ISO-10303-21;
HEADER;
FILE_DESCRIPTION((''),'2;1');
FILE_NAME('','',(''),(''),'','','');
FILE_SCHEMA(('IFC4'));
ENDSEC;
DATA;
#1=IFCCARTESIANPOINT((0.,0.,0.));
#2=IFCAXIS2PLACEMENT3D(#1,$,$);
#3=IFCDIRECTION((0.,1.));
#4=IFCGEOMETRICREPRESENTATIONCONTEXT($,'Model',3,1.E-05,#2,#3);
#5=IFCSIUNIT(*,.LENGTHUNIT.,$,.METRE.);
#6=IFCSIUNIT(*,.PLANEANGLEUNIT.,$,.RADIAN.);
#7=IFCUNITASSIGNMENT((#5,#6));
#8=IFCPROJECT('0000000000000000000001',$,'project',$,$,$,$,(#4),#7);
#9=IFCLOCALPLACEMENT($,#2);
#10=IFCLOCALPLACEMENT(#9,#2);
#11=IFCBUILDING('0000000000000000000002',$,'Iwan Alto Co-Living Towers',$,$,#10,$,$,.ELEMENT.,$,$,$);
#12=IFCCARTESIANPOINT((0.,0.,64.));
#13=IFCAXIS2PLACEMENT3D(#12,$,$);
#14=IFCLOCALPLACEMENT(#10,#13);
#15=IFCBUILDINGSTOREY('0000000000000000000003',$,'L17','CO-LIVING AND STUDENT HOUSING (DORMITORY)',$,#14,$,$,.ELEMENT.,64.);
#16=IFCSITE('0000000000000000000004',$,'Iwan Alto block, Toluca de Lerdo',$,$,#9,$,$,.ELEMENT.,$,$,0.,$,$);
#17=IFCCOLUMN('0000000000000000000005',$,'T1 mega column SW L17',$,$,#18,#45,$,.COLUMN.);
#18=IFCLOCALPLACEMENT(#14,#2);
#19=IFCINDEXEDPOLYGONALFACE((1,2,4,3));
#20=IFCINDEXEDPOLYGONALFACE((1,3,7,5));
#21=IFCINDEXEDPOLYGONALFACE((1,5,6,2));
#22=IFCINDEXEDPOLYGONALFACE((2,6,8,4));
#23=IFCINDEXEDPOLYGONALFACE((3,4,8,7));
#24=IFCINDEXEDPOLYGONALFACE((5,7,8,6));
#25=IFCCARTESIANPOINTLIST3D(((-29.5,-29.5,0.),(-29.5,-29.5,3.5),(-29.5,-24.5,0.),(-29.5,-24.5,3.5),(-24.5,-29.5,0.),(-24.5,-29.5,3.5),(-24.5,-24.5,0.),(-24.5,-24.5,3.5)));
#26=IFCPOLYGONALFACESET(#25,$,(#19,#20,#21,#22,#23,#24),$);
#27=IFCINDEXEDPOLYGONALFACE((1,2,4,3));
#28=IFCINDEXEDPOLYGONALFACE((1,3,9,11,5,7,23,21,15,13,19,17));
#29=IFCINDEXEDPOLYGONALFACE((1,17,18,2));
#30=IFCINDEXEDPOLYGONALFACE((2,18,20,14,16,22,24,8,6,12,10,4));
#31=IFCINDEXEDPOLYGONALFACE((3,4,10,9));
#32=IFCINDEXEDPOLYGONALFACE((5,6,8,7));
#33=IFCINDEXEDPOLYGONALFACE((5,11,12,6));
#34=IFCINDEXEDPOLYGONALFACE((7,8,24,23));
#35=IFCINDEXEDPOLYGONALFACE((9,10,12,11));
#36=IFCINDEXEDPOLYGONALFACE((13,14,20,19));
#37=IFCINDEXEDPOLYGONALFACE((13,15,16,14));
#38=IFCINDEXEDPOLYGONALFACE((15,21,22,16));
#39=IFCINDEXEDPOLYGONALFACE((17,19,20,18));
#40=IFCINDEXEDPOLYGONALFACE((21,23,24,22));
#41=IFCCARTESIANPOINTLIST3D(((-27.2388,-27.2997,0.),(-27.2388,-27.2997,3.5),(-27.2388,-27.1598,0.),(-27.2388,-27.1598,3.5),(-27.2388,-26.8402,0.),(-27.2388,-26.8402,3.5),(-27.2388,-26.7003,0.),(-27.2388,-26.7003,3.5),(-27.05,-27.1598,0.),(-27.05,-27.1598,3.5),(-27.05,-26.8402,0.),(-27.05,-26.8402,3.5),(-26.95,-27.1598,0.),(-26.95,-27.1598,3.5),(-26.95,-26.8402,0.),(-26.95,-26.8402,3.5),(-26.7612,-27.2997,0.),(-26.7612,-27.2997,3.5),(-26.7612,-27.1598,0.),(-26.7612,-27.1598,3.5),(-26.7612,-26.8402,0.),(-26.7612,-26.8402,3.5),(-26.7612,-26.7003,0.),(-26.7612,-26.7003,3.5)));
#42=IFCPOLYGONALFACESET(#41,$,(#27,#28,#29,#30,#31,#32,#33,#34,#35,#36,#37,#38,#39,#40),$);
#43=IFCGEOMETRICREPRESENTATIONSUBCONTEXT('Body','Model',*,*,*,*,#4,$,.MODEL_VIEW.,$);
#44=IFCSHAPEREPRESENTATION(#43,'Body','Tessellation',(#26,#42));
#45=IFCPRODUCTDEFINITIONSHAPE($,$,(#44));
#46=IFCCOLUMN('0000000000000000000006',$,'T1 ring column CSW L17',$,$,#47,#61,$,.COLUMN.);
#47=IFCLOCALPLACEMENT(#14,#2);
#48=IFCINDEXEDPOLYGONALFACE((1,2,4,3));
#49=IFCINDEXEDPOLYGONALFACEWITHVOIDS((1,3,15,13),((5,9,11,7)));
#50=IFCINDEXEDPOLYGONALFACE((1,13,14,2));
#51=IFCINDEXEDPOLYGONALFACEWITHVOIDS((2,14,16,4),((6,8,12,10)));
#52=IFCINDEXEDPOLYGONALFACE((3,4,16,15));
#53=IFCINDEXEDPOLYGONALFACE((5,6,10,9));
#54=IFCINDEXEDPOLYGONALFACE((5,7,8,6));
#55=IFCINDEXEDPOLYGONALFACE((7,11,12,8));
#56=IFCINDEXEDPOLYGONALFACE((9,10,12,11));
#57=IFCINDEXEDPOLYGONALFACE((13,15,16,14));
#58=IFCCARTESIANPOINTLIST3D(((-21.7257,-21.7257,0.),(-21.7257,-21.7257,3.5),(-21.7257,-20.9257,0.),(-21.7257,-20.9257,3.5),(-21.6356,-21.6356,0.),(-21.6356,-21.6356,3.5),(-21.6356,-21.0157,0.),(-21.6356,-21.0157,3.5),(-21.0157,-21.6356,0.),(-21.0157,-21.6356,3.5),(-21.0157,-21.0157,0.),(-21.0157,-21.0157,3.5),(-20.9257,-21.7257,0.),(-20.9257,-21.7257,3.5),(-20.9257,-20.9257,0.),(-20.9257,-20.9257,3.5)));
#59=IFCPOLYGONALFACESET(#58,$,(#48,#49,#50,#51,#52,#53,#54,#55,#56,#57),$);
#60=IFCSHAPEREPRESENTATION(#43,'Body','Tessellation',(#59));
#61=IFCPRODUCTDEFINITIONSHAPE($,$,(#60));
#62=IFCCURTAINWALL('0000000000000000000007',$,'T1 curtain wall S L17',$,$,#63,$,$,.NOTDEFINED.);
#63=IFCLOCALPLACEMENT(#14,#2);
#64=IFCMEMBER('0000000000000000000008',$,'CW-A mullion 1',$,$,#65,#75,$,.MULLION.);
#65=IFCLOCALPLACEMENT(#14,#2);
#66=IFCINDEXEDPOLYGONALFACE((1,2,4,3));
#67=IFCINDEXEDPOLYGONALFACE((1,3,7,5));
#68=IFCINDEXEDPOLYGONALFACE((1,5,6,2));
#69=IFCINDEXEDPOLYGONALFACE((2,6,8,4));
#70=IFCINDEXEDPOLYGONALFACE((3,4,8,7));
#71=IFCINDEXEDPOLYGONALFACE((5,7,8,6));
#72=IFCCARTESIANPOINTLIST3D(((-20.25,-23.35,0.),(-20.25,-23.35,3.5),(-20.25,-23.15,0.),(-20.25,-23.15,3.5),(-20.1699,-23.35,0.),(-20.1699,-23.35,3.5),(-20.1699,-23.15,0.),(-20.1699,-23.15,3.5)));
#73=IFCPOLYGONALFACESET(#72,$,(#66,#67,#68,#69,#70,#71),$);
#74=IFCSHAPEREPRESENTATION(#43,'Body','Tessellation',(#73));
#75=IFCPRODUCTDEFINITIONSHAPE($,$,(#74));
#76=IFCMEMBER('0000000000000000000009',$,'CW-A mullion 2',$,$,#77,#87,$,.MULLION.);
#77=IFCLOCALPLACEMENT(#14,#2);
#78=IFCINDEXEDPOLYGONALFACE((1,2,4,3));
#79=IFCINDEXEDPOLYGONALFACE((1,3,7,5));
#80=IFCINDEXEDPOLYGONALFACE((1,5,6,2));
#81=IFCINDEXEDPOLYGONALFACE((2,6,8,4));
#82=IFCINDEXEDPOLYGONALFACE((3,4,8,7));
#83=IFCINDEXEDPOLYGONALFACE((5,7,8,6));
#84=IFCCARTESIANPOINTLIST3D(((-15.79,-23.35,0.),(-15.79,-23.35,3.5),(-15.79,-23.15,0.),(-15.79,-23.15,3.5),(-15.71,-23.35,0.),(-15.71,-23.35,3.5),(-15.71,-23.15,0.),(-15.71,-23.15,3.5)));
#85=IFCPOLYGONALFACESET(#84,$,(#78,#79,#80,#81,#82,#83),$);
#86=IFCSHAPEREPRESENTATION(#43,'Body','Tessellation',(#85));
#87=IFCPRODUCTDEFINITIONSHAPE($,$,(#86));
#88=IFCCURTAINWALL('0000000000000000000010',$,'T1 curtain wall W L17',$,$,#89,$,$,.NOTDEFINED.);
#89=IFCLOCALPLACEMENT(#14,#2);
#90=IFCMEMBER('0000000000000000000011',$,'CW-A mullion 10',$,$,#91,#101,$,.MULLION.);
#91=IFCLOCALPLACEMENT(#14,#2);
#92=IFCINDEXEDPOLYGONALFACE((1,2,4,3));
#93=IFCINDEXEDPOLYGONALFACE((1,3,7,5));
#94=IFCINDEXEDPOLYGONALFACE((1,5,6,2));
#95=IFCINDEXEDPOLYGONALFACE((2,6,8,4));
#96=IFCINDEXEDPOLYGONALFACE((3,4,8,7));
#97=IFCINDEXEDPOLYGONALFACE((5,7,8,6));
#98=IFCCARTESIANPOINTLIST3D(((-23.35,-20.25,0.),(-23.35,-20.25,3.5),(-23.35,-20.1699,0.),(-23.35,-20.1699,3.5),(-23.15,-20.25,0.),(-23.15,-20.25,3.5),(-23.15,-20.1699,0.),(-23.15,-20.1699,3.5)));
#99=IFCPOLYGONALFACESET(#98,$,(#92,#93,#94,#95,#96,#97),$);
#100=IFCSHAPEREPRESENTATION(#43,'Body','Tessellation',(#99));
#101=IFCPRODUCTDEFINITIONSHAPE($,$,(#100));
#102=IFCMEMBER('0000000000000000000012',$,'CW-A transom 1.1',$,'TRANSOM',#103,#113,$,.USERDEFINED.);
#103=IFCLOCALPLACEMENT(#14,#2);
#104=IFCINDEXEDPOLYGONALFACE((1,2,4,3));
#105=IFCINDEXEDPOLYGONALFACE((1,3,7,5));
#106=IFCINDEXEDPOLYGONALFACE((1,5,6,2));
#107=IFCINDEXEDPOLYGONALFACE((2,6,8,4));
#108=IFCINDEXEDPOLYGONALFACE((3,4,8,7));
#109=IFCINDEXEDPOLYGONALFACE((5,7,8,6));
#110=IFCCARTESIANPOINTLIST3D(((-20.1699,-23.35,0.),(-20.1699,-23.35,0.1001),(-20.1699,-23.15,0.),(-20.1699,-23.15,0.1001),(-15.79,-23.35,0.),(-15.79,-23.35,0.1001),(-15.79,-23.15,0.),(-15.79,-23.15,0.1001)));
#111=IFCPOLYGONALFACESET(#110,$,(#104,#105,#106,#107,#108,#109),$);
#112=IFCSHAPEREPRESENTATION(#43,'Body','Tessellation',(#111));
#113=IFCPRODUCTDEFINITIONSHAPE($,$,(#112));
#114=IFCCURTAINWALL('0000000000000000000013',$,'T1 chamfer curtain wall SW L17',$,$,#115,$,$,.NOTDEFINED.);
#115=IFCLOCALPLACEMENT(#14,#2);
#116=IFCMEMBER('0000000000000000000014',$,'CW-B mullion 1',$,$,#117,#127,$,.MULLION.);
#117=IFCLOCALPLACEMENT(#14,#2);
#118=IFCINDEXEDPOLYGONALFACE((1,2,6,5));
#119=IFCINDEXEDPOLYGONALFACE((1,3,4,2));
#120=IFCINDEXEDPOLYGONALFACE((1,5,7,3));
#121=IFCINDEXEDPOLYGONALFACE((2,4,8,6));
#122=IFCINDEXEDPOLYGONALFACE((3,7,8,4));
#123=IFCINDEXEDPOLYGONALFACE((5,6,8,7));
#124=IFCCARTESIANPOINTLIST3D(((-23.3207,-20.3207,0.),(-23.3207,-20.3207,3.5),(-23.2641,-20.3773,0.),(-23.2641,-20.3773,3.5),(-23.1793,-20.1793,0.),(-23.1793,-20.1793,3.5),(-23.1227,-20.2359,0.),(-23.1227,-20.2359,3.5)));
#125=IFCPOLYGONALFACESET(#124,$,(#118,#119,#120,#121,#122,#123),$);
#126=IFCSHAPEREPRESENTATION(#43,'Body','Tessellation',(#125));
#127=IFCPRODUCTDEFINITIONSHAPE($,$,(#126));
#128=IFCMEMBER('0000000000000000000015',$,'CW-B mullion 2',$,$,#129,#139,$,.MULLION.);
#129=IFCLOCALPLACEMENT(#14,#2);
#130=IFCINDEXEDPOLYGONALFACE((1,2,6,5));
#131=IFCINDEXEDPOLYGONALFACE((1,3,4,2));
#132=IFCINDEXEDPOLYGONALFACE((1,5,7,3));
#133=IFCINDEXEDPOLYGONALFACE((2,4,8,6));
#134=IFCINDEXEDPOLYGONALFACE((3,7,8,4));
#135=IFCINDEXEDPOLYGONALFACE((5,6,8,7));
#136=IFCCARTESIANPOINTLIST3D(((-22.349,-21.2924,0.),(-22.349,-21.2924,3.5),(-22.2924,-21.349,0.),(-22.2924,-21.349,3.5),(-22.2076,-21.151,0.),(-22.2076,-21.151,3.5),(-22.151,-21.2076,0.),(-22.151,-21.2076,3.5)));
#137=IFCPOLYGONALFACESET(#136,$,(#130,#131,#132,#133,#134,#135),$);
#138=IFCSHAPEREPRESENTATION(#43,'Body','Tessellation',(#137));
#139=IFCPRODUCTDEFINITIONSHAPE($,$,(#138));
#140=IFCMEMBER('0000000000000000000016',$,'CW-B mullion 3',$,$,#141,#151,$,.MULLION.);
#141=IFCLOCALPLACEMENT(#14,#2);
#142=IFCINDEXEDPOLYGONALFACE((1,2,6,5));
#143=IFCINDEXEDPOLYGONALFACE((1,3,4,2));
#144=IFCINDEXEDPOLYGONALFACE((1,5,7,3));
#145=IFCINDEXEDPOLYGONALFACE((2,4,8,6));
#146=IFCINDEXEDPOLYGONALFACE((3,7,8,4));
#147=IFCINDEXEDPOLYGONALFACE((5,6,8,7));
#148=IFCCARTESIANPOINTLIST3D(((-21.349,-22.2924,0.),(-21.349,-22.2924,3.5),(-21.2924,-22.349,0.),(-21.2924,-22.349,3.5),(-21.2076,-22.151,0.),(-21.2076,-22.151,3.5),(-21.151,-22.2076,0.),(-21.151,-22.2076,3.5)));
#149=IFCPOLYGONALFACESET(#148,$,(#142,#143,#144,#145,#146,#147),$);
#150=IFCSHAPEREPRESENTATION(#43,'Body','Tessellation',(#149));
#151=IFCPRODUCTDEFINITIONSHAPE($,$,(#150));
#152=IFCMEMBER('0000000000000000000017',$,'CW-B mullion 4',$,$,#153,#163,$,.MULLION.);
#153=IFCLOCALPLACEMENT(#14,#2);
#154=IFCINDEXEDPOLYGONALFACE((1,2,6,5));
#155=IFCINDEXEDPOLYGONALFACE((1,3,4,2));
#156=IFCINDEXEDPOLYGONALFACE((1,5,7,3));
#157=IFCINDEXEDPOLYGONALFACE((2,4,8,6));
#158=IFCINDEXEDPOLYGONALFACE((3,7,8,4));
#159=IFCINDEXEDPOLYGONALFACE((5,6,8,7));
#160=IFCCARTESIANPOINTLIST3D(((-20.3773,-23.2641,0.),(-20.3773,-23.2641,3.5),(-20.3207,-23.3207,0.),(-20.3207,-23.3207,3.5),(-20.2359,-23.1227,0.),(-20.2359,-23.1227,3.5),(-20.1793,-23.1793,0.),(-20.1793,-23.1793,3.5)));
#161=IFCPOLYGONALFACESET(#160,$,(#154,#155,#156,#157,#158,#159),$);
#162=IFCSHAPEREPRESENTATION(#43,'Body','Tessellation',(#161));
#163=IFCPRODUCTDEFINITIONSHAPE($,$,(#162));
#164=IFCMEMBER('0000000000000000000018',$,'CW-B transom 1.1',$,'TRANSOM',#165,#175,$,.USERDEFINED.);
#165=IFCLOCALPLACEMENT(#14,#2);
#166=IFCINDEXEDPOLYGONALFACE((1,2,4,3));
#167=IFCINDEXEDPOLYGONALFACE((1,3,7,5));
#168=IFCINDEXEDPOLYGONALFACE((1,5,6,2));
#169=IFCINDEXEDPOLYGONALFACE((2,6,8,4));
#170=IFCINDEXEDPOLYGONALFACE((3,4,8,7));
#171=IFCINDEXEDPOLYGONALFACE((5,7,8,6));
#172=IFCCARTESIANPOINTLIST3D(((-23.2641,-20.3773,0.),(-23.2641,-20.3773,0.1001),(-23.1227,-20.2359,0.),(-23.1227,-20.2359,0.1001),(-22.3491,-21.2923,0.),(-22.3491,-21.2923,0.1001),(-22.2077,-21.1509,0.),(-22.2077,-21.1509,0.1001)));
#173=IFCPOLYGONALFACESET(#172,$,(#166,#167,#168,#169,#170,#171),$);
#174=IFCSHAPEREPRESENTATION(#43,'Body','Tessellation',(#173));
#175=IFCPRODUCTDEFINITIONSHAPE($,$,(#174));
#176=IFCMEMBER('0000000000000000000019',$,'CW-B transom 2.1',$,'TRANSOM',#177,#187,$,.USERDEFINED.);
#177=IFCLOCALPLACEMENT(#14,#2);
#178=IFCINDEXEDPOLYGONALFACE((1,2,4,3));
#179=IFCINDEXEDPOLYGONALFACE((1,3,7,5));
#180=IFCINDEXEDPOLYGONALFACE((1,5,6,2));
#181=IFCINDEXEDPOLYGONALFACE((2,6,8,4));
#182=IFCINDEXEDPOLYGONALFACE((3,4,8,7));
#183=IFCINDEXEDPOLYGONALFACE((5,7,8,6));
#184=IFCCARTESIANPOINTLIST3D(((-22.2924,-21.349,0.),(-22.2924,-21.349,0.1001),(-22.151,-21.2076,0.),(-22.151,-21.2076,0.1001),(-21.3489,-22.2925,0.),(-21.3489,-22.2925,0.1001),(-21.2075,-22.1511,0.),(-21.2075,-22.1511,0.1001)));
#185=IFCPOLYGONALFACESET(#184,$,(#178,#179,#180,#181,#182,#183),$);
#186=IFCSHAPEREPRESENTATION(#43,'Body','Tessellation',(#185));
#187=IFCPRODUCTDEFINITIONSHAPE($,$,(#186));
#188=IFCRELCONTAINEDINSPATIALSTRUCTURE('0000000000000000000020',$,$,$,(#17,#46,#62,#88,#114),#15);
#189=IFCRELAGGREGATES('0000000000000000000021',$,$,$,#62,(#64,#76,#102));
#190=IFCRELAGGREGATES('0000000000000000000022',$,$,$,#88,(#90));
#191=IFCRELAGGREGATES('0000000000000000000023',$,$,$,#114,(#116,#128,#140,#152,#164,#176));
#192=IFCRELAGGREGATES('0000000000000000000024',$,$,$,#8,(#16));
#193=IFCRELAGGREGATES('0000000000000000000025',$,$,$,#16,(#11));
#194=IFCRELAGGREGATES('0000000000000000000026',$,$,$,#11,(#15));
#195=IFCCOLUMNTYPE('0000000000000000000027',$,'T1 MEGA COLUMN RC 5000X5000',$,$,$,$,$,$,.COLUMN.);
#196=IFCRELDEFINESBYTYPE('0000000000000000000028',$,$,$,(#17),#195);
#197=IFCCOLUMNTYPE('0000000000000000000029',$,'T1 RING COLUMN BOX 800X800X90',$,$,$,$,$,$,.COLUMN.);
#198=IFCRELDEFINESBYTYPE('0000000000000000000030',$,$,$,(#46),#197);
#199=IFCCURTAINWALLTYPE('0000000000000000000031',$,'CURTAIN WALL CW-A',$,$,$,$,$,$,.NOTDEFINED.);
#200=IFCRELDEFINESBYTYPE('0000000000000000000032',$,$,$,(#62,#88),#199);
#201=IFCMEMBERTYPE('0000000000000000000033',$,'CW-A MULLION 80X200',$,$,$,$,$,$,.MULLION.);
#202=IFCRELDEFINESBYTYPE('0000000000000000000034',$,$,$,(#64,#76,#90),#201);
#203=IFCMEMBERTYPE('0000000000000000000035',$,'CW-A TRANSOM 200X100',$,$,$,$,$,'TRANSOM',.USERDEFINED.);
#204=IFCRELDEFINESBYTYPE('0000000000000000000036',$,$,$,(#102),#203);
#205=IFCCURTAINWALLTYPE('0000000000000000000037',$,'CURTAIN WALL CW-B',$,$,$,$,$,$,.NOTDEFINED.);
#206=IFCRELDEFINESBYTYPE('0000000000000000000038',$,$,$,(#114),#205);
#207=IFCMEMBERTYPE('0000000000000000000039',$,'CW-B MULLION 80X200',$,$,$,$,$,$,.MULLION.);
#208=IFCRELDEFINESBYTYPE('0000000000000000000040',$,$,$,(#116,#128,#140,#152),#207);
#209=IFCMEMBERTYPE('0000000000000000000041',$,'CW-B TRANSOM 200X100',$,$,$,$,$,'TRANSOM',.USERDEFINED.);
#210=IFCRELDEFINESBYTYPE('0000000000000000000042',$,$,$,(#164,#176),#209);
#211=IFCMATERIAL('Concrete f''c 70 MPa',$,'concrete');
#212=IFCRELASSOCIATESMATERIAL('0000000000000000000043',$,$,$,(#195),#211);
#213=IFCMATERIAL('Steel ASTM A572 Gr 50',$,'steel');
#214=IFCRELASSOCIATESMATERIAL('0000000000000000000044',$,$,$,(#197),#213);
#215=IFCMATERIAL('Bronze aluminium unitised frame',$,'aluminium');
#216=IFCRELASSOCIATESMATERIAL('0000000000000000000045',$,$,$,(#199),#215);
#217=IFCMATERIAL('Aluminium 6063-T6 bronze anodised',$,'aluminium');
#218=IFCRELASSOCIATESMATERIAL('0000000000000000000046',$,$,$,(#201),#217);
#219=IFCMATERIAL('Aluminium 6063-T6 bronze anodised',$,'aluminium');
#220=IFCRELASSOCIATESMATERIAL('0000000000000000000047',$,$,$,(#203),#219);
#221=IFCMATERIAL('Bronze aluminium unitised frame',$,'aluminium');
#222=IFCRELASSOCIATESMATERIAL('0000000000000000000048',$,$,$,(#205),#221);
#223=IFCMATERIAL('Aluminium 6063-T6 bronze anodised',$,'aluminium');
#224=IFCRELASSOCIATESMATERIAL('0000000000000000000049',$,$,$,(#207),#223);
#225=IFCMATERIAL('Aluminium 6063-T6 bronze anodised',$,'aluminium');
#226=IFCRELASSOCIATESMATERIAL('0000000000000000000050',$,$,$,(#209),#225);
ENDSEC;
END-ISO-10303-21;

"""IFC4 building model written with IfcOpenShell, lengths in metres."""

from ifc_helpers import new_model, si_unit, direction, frame, origin, origin_2d, place, context, subcontext, project, spatial, rectangle, hollow_rectangle, i_section, extrude, material, material_profile, profile_set, type_object, element, aggregate, save


model = new_model("IFC4")

# Units and contexts
model_context = context("Model", 3, precision=1e-05, world=origin(), true_north=direction((0.0, 1.0)))
body_context = subcontext(model_context, "Body", "Model", "MODEL_VIEW")
ifc_project = project(units=[si_unit("LENGTHUNIT", "METRE"), si_unit("PLANEANGLEUNIT", "RADIAN")], contexts=[model_context])

# Site, building, storey
site_placement = place(None, origin())
site = spatial("IfcSite", under=ifc_project, at=site_placement, Name="Iwan Alto block, Toluca de Lerdo", CompositionType="ELEMENT", RefElevation=0.0)
building_placement = place(site_placement, origin())
building = spatial("IfcBuilding", under=site, at=building_placement, Name="Iwan Alto Co-Living Towers", CompositionType="ELEMENT")
storey_placement = place(building_placement, frame((0.0, 0.0, 64.0)))
storey = spatial("IfcBuildingStorey", under=building, at=storey_placement, Name="L17", Description="CO-LIVING AND STUDENT HOUSING (DORMITORY)", CompositionType="ELEMENT", Elevation=64.0)

# Columns
ifc_material_1 = material(Name="Concrete f'c 70 MPa", Category="concrete")
ifc_material_profile_1 = material_profile(ifc_material_1, rectangle(XDim=5.0, YDim=5.0, at=origin_2d()), Name="RC 5000X5000")
ifc_profile_set_1 = profile_set([ifc_material_profile_1], Name="Concrete f'c 70 MPa")
column_type_1 = type_object("IfcColumnType", Name="T1 MEGA COLUMN RC 5000X5000", PredefinedType="COLUMN", material=ifc_profile_set_1)
column_1_placement = place(storey_placement, frame((-27.0, -27.0, 0.0), z_axis=(0.0, 0.0, 1.0), x_axis=(1.0, 0.0, 0.0)))
element("IfcColumn", 1, at=column_1_placement, inside=storey, type_object=column_type_1, Name="T1 mega column SW L17", PredefinedType="COLUMN", context=body_context, shape_type="SweptSolid", body=[
    extrude(rectangle(XDim=5.0, YDim=5.0, at=origin_2d()), origin(), (0.0, 0.0, 1.0), 3.5),
    extrude(i_section(OverallWidth=0.4775, OverallDepth=0.5994, WebThickness=0.1001, FlangeThickness=0.1399, at=origin_2d()), origin(), (0.0, 0.0, 1.0), 3.5),
])
ifc_material_2 = material(Name="Steel ASTM A572 Gr 50", Category="steel")
ifc_material_profile_2 = material_profile(ifc_material_2, hollow_rectangle(XDim=0.8, YDim=0.8, WallThickness=0.0901, at=origin_2d()), Name="BOX 800X800X90")
ifc_profile_set_2 = profile_set([ifc_material_profile_2], Name="Steel ASTM A572 Gr 50")
column_type_2 = type_object("IfcColumnType", Name="T1 RING COLUMN BOX 800X800X90", PredefinedType="COLUMN", material=ifc_profile_set_2)
column_2_placement = place(storey_placement, frame((-21.3257, -21.3257, 0.0), z_axis=(0.0, 0.0, 1.0), x_axis=(1.0, 0.0, 0.0)))
element("IfcColumn", 2, at=column_2_placement, inside=storey, type_object=column_type_2, Name="T1 ring column CSW L17", PredefinedType="COLUMN", context=body_context, shape_type="SweptSolid", body=[
    extrude(hollow_rectangle(XDim=0.8, YDim=0.8, WallThickness=0.0901, at=origin_2d()), origin(), (0.0, 0.0, 1.0), 3.5),
])

# Curtain wall, members
ifc_material_3 = material(Name="Bronze aluminium unitised frame", Category="aluminium")
curtain_wall_type_1 = type_object("IfcCurtainWallType", Name="CURTAIN WALL CW-A", PredefinedType="NOTDEFINED", material=ifc_material_3)
curtain_wall_1_placement = place(storey_placement, origin())
curtain_wall_1 = element("IfcCurtainWall", 3, at=curtain_wall_1_placement, inside=storey, type_object=curtain_wall_type_1, Name="T1 curtain wall S L17", PredefinedType="NOTDEFINED")
ifc_material_4 = material(Name="Aluminium 6063-T6 bronze anodised", Category="aluminium")
ifc_material_profile_3 = material_profile(ifc_material_4, rectangle(XDim=0.2, YDim=0.0801, at=origin_2d()), Name="AL 80X200")
ifc_profile_set_3 = profile_set([ifc_material_profile_3], Name="Aluminium 6063-T6 bronze anodised")
member_type_1 = type_object("IfcMemberType", Name="CW-A MULLION 80X200", PredefinedType="MULLION", material=ifc_profile_set_3)
member_1_placement = place(storey_placement, frame((-20.21, -23.25, 0.0), z_axis=(0.0, 0.0, 1.0), x_axis=(0.0, 1.0, 0.0)))
member_1 = element("IfcMember", 4, at=member_1_placement, type_object=member_type_1, Name="CW-A mullion 1", PredefinedType="MULLION", context=body_context, shape_type="SweptSolid", body=[
    extrude(rectangle(XDim=0.2, YDim=0.0801, at=origin_2d()), origin(), (0.0, 0.0, 1.0), 3.5),
])
member_2_placement = place(storey_placement, frame((-15.75, -23.25, 0.0), z_axis=(0.0, 0.0, 1.0), x_axis=(0.0, 1.0, 0.0)))
member_2 = element("IfcMember", 5, at=member_2_placement, type_object=member_type_1, Name="CW-A mullion 2", PredefinedType="MULLION", context=body_context, shape_type="SweptSolid", body=[
    extrude(rectangle(XDim=0.2, YDim=0.0801, at=origin_2d()), origin(), (0.0, 0.0, 1.0), 3.5),
])

# Curtain wall, member
curtain_wall_2_placement = place(storey_placement, origin())
curtain_wall_2 = element("IfcCurtainWall", 6, at=curtain_wall_2_placement, inside=storey, type_object=curtain_wall_type_1, Name="T1 curtain wall W L17", PredefinedType="NOTDEFINED")
member_3_placement = place(storey_placement, frame((-23.25, -20.21, 0.0), z_axis=(0.0, 0.0, 1.0), x_axis=(1.0, 0.0, 0.0)))
member_3 = element("IfcMember", 7, at=member_3_placement, type_object=member_type_1, Name="CW-A mullion 10", PredefinedType="MULLION", context=body_context, shape_type="SweptSolid", body=[
    extrude(rectangle(XDim=0.2, YDim=0.0801, at=origin_2d()), origin(), (0.0, 0.0, 1.0), 3.5),
])

# Member
ifc_material_5 = material(Name="Aluminium 6063-T6 bronze anodised", Category="aluminium")
ifc_material_profile_4 = material_profile(ifc_material_5, rectangle(XDim=0.2, YDim=0.1001, at=origin_2d()), Name="AL 200X100")
ifc_profile_set_4 = profile_set([ifc_material_profile_4], Name="Aluminium 6063-T6 bronze anodised")
member_type_2 = type_object("IfcMemberType", Name="CW-A TRANSOM 200X100", ElementType="TRANSOM", PredefinedType="USERDEFINED", material=ifc_profile_set_4)
member_4_placement = place(storey_placement, frame((-20.1699, -23.25, 0.05), z_axis=(1.0, 0.0, 0.0), x_axis=(0.0, 1.0, 0.0)))
member_4 = element("IfcMember", 8, at=member_4_placement, type_object=member_type_2, Name="CW-A transom 1.1", ObjectType="TRANSOM", PredefinedType="USERDEFINED", context=body_context, shape_type="SweptSolid", body=[
    extrude(rectangle(XDim=0.2, YDim=0.1001, at=origin_2d()), origin(), (0.0, 0.0, 1.0), 4.3799),
])

# Curtain wall, members
ifc_material_6 = material(Name="Bronze aluminium unitised frame", Category="aluminium")
curtain_wall_type_2 = type_object("IfcCurtainWallType", Name="CURTAIN WALL CW-B", PredefinedType="NOTDEFINED", material=ifc_material_6)
curtain_wall_3_placement = place(storey_placement, origin())
curtain_wall_3 = element("IfcCurtainWall", 9, at=curtain_wall_3_placement, inside=storey, type_object=curtain_wall_type_2, Name="T1 chamfer curtain wall SW L17", PredefinedType="NOTDEFINED")
ifc_material_7 = material(Name="Aluminium 6063-T6 bronze anodised", Category="aluminium")
ifc_material_profile_5 = material_profile(ifc_material_7, rectangle(XDim=0.2, YDim=0.0801, at=origin_2d()), Name="AL 80X200")
ifc_profile_set_5 = profile_set([ifc_material_profile_5], Name="Aluminium 6063-T6 bronze anodised")
member_type_3 = type_object("IfcMemberType", Name="CW-B MULLION 80X200", PredefinedType="MULLION", material=ifc_profile_set_5)
member_5_placement = place(storey_placement, frame((-23.2217, -20.2783, 0.0), z_axis=(0.0, 0.0, 1.0), x_axis=(0.707107, 0.707107, 0.0)))
member_5 = element("IfcMember", 10, at=member_5_placement, type_object=member_type_3, Name="CW-B mullion 1", PredefinedType="MULLION", context=body_context, shape_type="SweptSolid", body=[
    extrude(rectangle(XDim=0.2, YDim=0.0801, at=origin_2d()), origin(), (0.0, 0.0, 1.0), 3.5),
])
member_6_placement = place(storey_placement, frame((-22.25, -21.25, 0.0), z_axis=(0.0, 0.0, 1.0), x_axis=(0.707107, 0.707107, 0.0)))
member_6 = element("IfcMember", 11, at=member_6_placement, type_object=member_type_3, Name="CW-B mullion 2", PredefinedType="MULLION", context=body_context, shape_type="SweptSolid", body=[
    extrude(rectangle(XDim=0.2, YDim=0.0801, at=origin_2d()), origin(), (0.0, 0.0, 1.0), 3.5),
])
member_7_placement = place(storey_placement, frame((-21.25, -22.25, 0.0), z_axis=(0.0, 0.0, 1.0), x_axis=(0.707107, 0.707107, 0.0)))
member_7 = element("IfcMember", 12, at=member_7_placement, type_object=member_type_3, Name="CW-B mullion 3", PredefinedType="MULLION", context=body_context, shape_type="SweptSolid", body=[
    extrude(rectangle(XDim=0.2, YDim=0.0801, at=origin_2d()), origin(), (0.0, 0.0, 1.0), 3.5),
])
member_8_placement = place(storey_placement, frame((-20.2783, -23.2217, 0.0), z_axis=(0.0, 0.0, 1.0), x_axis=(0.707107, 0.707107, 0.0)))
member_8 = element("IfcMember", 13, at=member_8_placement, type_object=member_type_3, Name="CW-B mullion 4", PredefinedType="MULLION", context=body_context, shape_type="SweptSolid", body=[
    extrude(rectangle(XDim=0.2, YDim=0.0801, at=origin_2d()), origin(), (0.0, 0.0, 1.0), 3.5),
])
ifc_material_8 = material(Name="Aluminium 6063-T6 bronze anodised", Category="aluminium")
ifc_material_profile_6 = material_profile(ifc_material_8, rectangle(XDim=0.2, YDim=0.1001, at=origin_2d()), Name="AL 200X100")
ifc_profile_set_6 = profile_set([ifc_material_profile_6], Name="Aluminium 6063-T6 bronze anodised")
member_type_4 = type_object("IfcMemberType", Name="CW-B TRANSOM 200X100", ElementType="TRANSOM", PredefinedType="USERDEFINED", material=ifc_profile_set_6)
member_9_placement = place(storey_placement, frame((-23.1934, -20.3066, 0.05), z_axis=(0.707107, -0.707107, 0.0), x_axis=(0.707107, 0.707107, 0.0)))
member_9 = element("IfcMember", 14, at=member_9_placement, type_object=member_type_4, Name="CW-B transom 1.1", ObjectType="TRANSOM", PredefinedType="USERDEFINED", context=body_context, shape_type="SweptSolid", body=[
    extrude(rectangle(XDim=0.2, YDim=0.1001, at=origin_2d()), origin(), (0.0, 0.0, 1.0), 1.2939),
])
member_10_placement = place(storey_placement, frame((-22.2217, -21.2783, 0.05), z_axis=(0.707107, -0.707107, 0.0), x_axis=(0.707107, 0.707107, 0.0)))
member_10 = element("IfcMember", 15, at=member_10_placement, type_object=member_type_4, Name="CW-B transom 2.1", ObjectType="TRANSOM", PredefinedType="USERDEFINED", context=body_context, shape_type="SweptSolid", body=[
    extrude(rectangle(XDim=0.2, YDim=0.1001, at=origin_2d()), origin(), (0.0, 0.0, 1.0), 1.3342),
])

aggregate(curtain_wall_1, [member_1, member_2, member_4])
aggregate(curtain_wall_2, [member_3])
aggregate(curtain_wall_3, [member_5, member_6, member_7, member_8, member_9, member_10])

save(model, "model.ifc")
